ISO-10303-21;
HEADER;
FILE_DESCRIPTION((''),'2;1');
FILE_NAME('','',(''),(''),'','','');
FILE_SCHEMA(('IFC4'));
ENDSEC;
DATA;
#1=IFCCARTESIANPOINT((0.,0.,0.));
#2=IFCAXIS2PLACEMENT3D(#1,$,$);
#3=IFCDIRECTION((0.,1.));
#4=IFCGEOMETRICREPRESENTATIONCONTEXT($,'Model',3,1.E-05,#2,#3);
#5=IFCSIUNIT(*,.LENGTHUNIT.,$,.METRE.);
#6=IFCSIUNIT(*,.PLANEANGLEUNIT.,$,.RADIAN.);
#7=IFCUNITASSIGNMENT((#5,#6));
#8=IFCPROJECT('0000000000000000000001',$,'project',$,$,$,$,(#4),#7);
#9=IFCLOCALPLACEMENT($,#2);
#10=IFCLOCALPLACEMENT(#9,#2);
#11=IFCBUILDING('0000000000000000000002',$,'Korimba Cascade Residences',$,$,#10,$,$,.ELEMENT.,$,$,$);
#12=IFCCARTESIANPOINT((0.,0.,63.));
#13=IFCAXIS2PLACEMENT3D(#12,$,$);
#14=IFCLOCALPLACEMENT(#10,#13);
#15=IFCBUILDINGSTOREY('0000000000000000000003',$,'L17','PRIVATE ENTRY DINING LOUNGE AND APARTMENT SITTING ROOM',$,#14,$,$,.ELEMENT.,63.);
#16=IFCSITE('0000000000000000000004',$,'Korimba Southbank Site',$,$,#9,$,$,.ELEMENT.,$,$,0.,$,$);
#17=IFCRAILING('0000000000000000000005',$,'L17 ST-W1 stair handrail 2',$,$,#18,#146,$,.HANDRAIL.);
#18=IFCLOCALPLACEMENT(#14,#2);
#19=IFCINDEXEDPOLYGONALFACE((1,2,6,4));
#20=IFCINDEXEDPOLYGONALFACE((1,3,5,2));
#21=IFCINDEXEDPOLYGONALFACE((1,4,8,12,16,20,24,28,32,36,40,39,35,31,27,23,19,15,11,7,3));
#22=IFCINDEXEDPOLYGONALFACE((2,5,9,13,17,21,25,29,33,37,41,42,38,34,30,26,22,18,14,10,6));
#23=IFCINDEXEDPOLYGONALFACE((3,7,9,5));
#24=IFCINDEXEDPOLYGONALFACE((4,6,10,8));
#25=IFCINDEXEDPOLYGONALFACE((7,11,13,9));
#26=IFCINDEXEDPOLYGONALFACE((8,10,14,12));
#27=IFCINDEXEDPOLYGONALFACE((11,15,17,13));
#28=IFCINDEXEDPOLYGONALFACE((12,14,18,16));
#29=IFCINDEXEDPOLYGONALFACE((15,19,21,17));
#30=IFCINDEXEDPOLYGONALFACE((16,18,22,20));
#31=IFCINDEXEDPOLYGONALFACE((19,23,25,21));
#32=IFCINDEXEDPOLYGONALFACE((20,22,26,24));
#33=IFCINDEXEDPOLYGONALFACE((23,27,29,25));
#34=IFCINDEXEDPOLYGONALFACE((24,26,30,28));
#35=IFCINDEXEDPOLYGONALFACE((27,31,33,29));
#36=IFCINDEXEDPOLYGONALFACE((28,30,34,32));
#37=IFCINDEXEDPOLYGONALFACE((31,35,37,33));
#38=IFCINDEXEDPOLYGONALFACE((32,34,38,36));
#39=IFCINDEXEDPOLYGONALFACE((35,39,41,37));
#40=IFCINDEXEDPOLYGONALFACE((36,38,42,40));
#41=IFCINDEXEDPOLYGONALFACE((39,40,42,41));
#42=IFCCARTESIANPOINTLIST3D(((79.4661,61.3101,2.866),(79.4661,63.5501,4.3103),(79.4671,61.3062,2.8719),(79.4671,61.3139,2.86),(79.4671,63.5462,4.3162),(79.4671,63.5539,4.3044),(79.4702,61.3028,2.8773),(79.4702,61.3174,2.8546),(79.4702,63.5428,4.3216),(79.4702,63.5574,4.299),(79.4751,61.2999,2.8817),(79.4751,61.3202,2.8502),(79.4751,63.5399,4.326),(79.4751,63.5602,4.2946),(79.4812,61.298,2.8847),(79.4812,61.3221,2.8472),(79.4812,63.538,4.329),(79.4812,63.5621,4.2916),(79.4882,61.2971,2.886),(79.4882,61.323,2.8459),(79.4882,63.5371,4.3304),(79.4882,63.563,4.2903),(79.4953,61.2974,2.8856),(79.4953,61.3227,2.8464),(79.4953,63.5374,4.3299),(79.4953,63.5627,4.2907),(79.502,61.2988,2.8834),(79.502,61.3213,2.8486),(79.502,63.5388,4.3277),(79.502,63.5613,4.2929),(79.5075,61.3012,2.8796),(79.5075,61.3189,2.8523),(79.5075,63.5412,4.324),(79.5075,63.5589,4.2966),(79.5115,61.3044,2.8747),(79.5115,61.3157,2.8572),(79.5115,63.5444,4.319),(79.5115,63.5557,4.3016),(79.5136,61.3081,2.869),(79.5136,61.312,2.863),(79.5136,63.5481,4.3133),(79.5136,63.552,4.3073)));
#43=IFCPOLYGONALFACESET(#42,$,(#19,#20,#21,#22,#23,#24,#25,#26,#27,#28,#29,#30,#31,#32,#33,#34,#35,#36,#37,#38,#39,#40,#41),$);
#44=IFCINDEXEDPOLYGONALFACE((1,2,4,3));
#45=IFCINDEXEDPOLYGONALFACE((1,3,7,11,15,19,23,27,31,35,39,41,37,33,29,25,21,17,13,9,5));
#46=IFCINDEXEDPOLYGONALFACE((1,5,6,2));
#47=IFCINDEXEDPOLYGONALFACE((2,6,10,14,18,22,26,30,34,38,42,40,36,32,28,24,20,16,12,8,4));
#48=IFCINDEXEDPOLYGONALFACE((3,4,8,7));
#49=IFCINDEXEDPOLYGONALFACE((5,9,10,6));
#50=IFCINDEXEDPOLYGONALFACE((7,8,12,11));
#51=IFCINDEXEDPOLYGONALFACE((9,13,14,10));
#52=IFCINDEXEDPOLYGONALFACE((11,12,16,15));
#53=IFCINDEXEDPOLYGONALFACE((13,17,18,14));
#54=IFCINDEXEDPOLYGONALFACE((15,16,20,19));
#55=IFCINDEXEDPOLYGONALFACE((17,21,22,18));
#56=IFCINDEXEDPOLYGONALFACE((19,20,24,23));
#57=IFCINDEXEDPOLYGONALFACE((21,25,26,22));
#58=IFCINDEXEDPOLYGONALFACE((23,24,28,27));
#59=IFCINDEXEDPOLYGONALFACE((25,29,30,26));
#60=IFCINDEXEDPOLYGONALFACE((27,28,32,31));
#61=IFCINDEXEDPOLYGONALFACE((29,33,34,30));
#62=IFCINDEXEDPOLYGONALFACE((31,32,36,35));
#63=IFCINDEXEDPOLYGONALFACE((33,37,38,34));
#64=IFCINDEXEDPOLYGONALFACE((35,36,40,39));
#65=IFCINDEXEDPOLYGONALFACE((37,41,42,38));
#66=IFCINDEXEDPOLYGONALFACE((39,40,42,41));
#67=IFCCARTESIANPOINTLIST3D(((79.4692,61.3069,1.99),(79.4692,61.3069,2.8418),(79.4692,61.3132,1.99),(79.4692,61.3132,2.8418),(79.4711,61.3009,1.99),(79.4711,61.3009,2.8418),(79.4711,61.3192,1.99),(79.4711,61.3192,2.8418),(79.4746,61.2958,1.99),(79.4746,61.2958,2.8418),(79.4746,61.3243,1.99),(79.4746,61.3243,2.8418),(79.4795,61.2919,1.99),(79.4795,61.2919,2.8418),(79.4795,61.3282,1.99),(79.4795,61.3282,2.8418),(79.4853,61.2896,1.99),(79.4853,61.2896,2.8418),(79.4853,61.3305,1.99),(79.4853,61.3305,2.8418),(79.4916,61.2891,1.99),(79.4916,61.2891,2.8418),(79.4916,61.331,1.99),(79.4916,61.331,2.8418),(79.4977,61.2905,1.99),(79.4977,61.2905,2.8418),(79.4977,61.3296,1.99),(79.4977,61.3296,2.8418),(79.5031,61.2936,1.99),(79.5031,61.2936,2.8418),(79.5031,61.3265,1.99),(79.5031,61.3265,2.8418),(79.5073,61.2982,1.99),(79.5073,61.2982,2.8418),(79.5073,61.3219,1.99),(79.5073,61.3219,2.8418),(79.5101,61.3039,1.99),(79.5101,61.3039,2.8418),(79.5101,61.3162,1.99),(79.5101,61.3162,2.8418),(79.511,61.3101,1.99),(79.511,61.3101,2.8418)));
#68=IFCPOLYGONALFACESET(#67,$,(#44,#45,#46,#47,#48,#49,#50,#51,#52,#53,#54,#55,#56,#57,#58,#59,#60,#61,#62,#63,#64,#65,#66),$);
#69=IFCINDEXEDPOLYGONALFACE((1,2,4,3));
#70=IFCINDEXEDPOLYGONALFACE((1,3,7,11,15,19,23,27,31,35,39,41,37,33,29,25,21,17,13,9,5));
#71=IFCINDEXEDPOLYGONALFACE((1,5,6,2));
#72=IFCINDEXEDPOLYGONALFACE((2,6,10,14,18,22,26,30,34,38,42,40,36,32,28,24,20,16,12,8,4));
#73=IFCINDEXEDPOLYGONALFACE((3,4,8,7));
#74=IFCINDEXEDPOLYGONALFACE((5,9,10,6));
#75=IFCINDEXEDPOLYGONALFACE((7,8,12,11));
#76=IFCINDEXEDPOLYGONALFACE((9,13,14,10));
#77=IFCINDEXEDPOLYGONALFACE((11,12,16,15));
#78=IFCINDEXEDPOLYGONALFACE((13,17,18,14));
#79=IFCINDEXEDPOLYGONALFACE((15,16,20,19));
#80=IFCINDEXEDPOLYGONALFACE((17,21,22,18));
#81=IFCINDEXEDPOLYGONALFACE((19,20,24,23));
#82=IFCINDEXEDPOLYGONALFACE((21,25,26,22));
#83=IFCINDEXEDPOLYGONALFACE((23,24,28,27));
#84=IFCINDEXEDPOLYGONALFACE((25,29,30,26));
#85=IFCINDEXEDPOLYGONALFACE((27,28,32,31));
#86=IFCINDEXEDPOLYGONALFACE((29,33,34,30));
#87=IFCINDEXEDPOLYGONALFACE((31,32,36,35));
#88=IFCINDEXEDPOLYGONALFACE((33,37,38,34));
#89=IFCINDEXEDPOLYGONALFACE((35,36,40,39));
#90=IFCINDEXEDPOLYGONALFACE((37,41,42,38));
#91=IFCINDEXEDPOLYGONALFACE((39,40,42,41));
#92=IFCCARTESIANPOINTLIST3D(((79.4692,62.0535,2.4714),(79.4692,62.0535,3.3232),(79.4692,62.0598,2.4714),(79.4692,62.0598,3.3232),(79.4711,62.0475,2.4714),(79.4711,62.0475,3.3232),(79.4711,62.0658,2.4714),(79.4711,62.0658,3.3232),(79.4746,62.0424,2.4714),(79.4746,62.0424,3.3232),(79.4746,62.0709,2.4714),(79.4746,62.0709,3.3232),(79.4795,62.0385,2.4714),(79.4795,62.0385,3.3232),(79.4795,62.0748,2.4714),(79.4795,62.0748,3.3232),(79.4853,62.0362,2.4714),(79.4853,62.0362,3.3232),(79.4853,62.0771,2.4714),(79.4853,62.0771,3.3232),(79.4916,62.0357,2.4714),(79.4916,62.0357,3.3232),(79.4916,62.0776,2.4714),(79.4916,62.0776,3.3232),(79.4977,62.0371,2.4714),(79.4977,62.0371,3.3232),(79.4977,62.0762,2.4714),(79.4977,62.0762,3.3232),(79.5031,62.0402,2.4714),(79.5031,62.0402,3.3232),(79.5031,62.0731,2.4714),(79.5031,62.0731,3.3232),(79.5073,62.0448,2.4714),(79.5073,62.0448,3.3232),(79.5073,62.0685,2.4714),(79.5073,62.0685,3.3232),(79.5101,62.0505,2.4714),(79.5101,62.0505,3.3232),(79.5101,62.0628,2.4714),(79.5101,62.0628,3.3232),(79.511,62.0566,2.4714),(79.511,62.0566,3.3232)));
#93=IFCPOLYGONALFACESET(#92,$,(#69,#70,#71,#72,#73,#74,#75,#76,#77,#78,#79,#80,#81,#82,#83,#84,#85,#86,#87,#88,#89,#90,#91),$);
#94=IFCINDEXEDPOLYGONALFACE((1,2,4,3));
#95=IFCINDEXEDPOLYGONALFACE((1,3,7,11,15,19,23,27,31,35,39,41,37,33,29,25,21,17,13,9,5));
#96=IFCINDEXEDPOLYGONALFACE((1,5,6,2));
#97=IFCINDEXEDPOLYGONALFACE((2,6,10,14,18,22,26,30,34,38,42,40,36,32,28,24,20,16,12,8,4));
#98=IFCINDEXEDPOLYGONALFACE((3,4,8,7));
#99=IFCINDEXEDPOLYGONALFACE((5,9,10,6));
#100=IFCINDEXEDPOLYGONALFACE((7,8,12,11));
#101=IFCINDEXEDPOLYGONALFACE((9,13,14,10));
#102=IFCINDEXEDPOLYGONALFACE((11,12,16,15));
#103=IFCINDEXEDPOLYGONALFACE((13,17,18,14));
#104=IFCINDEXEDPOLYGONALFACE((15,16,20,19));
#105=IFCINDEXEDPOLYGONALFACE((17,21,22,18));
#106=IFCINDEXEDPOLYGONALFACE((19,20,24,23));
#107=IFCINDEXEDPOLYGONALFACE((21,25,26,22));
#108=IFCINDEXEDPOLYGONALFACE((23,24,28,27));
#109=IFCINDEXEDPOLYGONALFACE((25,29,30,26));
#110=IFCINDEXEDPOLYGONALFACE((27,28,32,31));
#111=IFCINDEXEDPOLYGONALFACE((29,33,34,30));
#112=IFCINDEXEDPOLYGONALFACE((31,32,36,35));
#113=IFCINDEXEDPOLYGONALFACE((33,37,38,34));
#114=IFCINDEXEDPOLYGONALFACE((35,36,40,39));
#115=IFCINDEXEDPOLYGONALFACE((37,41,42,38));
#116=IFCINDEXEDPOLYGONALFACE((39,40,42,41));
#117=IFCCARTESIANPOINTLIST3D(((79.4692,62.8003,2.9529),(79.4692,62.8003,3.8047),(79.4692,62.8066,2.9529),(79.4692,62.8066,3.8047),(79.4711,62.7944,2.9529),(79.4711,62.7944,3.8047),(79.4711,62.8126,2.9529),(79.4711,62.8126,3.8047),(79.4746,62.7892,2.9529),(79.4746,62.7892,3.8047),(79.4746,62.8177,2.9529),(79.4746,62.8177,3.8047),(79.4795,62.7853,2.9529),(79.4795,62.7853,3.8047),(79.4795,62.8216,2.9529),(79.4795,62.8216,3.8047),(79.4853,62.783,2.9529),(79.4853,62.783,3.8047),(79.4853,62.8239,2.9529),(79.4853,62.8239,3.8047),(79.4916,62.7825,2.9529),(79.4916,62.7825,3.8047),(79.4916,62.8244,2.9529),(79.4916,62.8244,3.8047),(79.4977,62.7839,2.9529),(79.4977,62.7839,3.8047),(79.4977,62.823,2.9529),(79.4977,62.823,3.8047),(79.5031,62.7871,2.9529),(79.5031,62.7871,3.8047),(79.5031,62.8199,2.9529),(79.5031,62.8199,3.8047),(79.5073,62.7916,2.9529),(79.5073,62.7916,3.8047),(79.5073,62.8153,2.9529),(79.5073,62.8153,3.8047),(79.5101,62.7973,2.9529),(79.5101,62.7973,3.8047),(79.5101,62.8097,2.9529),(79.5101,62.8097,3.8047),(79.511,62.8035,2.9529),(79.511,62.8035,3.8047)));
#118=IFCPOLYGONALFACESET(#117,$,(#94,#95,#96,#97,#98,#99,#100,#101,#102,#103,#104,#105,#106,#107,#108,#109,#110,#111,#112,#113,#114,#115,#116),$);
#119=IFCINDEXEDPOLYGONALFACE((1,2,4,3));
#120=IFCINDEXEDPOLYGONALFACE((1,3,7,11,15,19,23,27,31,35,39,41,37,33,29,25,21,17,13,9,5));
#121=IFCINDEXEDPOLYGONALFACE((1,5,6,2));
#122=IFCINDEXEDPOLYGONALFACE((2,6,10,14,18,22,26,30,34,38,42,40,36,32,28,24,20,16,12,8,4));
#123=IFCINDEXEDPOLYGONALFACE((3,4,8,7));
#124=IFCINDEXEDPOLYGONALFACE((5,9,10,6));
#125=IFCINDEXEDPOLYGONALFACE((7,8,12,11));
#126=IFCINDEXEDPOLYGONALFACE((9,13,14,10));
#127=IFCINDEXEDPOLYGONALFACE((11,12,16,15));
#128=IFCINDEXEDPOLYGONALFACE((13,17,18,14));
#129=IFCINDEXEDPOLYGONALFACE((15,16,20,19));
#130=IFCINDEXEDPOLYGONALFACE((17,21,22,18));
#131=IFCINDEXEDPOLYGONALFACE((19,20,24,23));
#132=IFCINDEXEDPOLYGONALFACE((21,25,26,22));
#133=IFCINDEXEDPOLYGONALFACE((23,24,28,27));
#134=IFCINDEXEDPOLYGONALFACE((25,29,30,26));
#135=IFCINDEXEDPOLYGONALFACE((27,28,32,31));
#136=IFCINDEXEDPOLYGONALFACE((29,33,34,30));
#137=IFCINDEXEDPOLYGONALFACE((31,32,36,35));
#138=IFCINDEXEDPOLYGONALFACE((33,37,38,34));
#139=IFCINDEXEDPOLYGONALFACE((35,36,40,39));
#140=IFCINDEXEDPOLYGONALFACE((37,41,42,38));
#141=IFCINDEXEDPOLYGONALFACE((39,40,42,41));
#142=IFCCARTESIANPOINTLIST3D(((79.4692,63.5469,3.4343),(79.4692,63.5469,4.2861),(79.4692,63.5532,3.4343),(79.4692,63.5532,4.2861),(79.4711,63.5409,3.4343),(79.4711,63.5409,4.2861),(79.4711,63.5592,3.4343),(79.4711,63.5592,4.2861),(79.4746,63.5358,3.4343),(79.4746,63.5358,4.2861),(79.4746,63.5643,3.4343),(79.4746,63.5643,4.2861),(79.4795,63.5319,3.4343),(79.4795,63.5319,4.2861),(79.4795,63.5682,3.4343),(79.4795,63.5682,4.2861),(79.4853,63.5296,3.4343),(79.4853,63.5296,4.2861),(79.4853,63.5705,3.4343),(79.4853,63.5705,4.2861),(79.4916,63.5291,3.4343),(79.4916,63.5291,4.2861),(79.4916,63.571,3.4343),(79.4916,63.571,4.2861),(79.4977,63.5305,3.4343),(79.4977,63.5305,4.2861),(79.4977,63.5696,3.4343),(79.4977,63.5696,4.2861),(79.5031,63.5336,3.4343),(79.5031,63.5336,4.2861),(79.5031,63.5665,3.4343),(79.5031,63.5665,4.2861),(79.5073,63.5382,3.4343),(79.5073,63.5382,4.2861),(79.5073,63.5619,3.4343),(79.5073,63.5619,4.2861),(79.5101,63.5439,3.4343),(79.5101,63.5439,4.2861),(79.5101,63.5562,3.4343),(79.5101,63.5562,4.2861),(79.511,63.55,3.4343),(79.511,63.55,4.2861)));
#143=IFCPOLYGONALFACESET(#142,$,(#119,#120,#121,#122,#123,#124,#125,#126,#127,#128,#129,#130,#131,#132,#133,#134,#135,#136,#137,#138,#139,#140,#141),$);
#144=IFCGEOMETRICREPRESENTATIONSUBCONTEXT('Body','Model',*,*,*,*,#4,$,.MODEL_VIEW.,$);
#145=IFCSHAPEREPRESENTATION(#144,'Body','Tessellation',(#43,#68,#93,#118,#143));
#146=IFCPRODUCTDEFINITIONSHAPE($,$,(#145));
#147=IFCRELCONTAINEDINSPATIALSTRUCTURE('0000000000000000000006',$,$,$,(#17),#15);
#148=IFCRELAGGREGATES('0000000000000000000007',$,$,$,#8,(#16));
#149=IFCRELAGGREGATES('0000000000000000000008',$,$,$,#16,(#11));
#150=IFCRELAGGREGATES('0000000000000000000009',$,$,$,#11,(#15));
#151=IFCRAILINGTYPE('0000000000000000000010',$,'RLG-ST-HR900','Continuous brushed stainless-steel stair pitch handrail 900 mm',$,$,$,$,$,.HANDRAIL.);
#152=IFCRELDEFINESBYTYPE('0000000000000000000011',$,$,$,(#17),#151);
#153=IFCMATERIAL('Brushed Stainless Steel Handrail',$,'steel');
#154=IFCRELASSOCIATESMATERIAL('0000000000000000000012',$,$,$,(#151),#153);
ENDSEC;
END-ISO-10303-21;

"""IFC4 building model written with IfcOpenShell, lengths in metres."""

from ifc_helpers import new_model, si_unit, direction, frame, origin, origin_2d, place, context, subcontext, project, spatial, circle, extrude, material, type_object, element, save


model = new_model("IFC4")

# Units and contexts
model_context = context("Model", 3, precision=1e-05, world=origin(), true_north=direction((0.0, 1.0)))
body_context = subcontext(model_context, "Body", "Model", "MODEL_VIEW")
ifc_project = project(units=[si_unit("LENGTHUNIT", "METRE"), si_unit("PLANEANGLEUNIT", "RADIAN")], contexts=[model_context])

# Site, building, storey
site_placement = place(None, origin())
site = spatial("IfcSite", under=ifc_project, at=site_placement, Name="Korimba Southbank Site", CompositionType="ELEMENT", RefElevation=0.0)
building_placement = place(site_placement, origin())
building = spatial("IfcBuilding", under=site, at=building_placement, Name="Korimba Cascade Residences", CompositionType="ELEMENT")
storey_placement = place(building_placement, frame((0.0, 0.0, 63.0)))
storey = spatial("IfcBuildingStorey", under=building, at=storey_placement, Name="L17", Description="PRIVATE ENTRY DINING LOUNGE AND APARTMENT SITTING ROOM", CompositionType="ELEMENT", Elevation=63.0)

# Railing
ifc_material_1 = material(Name="Brushed Stainless Steel Handrail", Category="steel")
railing_type_1 = type_object("IfcRailingType", Name="RLG-ST-HR900", Description="Continuous brushed stainless-steel stair pitch handrail 900 mm", PredefinedType="HANDRAIL", material=ifc_material_1)
railing_1_placement = place(storey_placement, frame((79.49, 61.3101, 1.99)))
element("IfcRailing", 1, at=railing_1_placement, inside=storey, type_object=railing_type_1, Name="L17 ST-W1 stair handrail 2", PredefinedType="HANDRAIL", context=body_context, shape_type="SweptSolid", body=[
    extrude(circle(Radius=0.0239, at=origin_2d()), frame((0.0, 0.0, 0.876), z_axis=(0.0, 0.840437, 0.54191), x_axis=(-1.0, 0.0, 0.0)), (0.0, 0.0, 1.0), 2.6653),
    extrude(circle(Radius=0.021, at=origin_2d()), origin(), (0.0, 0.0, 1.0), 0.8518),
    extrude(circle(Radius=0.021, at=origin_2d()), frame((0.0, 0.7466, 0.4814)), (0.0, 0.0, 1.0), 0.8518),
    extrude(circle(Radius=0.021, at=origin_2d()), frame((0.0, 1.4934, 0.9629)), (0.0, 0.0, 1.0), 0.8518),
    extrude(circle(Radius=0.021, at=origin_2d()), frame((0.0, 2.24, 1.4443)), (0.0, 0.0, 1.0), 0.8518),
])

save(model, "model.ifc")
